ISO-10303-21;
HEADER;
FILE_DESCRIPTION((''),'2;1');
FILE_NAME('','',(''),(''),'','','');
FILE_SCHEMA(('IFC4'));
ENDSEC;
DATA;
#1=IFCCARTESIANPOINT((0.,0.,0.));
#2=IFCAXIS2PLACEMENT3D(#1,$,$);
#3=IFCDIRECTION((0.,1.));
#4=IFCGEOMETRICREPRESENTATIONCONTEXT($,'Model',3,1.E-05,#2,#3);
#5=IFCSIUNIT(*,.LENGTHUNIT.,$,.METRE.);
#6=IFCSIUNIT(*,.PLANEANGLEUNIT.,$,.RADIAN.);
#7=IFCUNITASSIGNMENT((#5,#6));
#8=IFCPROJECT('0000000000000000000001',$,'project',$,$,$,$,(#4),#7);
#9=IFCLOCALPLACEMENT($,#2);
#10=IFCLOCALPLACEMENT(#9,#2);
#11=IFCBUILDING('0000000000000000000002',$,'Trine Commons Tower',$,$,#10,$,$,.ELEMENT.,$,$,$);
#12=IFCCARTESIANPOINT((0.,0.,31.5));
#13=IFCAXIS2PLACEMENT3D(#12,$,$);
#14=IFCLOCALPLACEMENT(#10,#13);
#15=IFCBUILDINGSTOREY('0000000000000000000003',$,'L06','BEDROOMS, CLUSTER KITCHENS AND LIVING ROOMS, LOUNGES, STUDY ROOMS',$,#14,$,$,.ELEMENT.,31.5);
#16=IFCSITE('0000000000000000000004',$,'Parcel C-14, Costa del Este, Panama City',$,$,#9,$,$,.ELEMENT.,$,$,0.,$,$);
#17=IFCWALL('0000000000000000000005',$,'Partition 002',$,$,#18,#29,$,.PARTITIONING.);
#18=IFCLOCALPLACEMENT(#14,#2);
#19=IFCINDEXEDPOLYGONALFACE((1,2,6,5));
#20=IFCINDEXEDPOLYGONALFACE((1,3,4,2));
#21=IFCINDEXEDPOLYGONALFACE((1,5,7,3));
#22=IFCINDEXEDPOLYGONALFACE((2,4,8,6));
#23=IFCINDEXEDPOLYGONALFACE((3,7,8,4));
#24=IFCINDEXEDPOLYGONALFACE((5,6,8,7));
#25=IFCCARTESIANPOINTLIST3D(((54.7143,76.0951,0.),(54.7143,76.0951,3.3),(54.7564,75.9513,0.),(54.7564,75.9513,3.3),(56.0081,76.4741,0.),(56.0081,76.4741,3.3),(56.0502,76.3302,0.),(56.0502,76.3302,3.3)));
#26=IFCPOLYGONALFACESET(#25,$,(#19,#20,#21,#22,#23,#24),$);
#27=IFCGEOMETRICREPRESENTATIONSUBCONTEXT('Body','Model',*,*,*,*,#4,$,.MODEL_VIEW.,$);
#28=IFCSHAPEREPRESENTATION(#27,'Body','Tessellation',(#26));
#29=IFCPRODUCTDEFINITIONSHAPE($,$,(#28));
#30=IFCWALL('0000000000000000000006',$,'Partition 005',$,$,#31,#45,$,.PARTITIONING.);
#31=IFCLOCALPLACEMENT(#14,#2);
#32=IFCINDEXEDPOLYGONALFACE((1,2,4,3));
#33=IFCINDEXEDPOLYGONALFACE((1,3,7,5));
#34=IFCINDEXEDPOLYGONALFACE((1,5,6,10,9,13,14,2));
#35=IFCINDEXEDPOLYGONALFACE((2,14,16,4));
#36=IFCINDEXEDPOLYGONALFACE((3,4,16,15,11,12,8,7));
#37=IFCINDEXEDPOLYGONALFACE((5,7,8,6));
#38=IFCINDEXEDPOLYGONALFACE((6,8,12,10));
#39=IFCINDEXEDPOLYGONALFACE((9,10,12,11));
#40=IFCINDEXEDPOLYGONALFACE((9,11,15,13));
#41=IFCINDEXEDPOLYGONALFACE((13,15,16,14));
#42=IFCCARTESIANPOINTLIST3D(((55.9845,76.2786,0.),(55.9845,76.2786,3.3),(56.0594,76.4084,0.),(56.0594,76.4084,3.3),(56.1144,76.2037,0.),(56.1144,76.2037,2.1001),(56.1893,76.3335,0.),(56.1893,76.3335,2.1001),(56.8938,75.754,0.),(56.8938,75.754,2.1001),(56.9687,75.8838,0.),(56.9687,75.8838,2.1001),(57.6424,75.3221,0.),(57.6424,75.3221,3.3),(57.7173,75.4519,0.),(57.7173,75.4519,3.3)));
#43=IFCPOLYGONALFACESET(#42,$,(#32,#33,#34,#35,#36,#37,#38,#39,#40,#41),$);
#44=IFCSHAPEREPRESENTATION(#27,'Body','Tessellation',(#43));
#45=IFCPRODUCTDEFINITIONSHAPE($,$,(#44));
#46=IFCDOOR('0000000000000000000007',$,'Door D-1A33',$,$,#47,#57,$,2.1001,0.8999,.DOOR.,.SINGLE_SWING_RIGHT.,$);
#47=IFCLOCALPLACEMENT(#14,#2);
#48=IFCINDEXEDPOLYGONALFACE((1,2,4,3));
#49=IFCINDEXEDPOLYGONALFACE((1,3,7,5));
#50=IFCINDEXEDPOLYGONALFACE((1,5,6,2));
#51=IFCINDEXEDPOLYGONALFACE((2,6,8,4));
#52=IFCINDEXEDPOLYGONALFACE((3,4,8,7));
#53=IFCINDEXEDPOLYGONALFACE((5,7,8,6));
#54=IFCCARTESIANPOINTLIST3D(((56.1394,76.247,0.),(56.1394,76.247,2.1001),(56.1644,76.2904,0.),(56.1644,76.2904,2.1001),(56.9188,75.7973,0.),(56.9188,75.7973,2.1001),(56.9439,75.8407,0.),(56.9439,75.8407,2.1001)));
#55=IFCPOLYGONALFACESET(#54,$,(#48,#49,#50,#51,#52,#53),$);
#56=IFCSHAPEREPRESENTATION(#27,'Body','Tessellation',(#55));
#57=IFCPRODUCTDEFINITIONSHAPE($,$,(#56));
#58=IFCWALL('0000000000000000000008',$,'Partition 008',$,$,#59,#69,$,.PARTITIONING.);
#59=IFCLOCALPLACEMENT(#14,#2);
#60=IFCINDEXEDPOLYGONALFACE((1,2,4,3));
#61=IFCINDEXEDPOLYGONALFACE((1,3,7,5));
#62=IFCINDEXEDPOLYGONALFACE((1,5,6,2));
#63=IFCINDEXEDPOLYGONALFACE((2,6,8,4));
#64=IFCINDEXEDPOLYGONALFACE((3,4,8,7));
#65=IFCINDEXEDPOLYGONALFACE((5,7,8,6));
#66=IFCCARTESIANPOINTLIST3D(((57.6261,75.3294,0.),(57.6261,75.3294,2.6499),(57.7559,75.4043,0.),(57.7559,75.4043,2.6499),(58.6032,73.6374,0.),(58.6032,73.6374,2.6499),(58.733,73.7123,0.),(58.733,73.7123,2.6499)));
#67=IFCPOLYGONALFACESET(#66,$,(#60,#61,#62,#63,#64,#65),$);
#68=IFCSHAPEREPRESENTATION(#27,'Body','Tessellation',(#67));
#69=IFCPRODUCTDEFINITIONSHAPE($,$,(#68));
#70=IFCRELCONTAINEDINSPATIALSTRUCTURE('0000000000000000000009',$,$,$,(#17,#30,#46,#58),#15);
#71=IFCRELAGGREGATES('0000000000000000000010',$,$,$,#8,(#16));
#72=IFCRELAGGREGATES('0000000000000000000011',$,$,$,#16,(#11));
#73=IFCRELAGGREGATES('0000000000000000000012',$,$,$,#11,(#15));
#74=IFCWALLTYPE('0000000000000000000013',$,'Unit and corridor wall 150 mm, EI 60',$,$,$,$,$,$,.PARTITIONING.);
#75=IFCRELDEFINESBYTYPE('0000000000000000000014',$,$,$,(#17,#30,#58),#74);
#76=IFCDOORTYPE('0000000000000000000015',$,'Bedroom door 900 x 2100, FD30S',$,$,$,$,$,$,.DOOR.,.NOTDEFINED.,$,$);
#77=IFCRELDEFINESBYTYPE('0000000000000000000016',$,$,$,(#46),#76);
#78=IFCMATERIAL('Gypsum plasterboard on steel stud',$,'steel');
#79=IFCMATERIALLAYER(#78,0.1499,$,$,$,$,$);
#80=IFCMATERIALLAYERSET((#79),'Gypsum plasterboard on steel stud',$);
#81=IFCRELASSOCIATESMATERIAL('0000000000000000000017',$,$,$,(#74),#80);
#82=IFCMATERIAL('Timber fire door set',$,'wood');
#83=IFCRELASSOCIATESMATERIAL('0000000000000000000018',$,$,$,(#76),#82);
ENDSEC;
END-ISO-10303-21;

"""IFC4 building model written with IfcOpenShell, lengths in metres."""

from ifc_helpers import new_model, si_unit, direction, frame, frame_2d, origin, place, context, subcontext, project, spatial, rectangle, extrude, material, layer, layer_set, type_object, element, fill, save


model = new_model("IFC4")

# Units and contexts
model_context = context("Model", 3, precision=1e-05, world=origin(), true_north=direction((0.0, 1.0)))
body_context = subcontext(model_context, "Body", "Model", "MODEL_VIEW")
ifc_project = project(units=[si_unit("LENGTHUNIT", "METRE"), si_unit("PLANEANGLEUNIT", "RADIAN")], contexts=[model_context])

# Site, building, storey
site_placement = place(None, origin())
site = spatial("IfcSite", under=ifc_project, at=site_placement, Name="Parcel C-14, Costa del Este, Panama City", CompositionType="ELEMENT", RefElevation=0.0)
building_placement = place(site_placement, origin())
building = spatial("IfcBuilding", under=site, at=building_placement, Name="Trine Commons Tower", CompositionType="ELEMENT")
storey_placement = place(building_placement, frame((0.0, 0.0, 31.5)))
storey = spatial("IfcBuildingStorey", under=building, at=storey_placement, Name="L06", Description="BEDROOMS, CLUSTER KITCHENS AND LIVING ROOMS, LOUNGES, STUDY ROOMS", CompositionType="ELEMENT", Elevation=31.5)

# Wall
ifc_material_1 = material(Name="Gypsum plasterboard on steel stud", Category="steel")
ifc_layer_1 = layer(ifc_material_1, 0.1499)
ifc_layer_set_1 = layer_set([ifc_layer_1], Name="Gypsum plasterboard on steel stud")
wall_type_1 = type_object("IfcWallType", Name="Unit and corridor wall 150 mm, EI 60", PredefinedType="PARTITIONING", material=ifc_layer_set_1)
wall_1_placement = place(storey_placement, frame((54.7354, 76.0232, 0.0), z_axis=(0.0, 0.0, 1.0), x_axis=(0.959685, 0.281078, 0.0)))
element("IfcWall", 1, at=wall_1_placement, inside=storey, type_object=wall_type_1, Name="Partition 002", PredefinedType="PARTITIONING", context=body_context, shape_type="SweptSolid", body=[
    extrude(rectangle(XDim=1.3481, YDim=0.1499, at=frame_2d((0.6741, 0.0))), origin(), (0.0, 0.0, 1.0), 3.3),
])

# Wall, opening, door
wall_2_placement = place(storey_placement, frame((56.022, 76.3435, 0.0), z_axis=(0.0, 0.0, 1.0), x_axis=(0.866179, -0.499733, 0.0)))
wall_2 = element("IfcWall", 2, at=wall_2_placement, inside=storey, type_object=wall_type_1, Name="Partition 005", PredefinedType="PARTITIONING", context=body_context, shape_type="SweptSolid", body=[
    extrude(rectangle(XDim=1.9141, YDim=0.1499, at=frame_2d((0.957, 0.0))), origin(), (0.0, 0.0, 1.0), 3.3),
])
opening_1_placement = place(wall_2_placement, frame((0.1499, 0.0, 0.0)))
opening_1 = element("IfcOpeningElement", 3, at=opening_1_placement, cuts=wall_2, PredefinedType="OPENING", context=body_context, shape_type="SweptSolid", body=[
    extrude(rectangle(XDim=0.8999, YDim=2.1001, at=frame_2d((0.45, 1.05))), frame((0.0, 0.085, 0.0), z_axis=(0.0, -1.0, 0.0), x_axis=(1.0, 0.0, 0.0)), (0.0, 0.0, 1.0), 0.1699),
])
ifc_material_2 = material(Name="Timber fire door set", Category="wood")
door_type_1 = type_object("IfcDoorType", Name="Bedroom door 900 x 2100, FD30S", OperationType="NOTDEFINED", PredefinedType="DOOR", material=ifc_material_2)
door_1_placement = place(opening_1_placement, frame((0.8999, 0.0, 0.0), z_axis=(0.0, 0.0, 1.0), x_axis=(-1.0, 0.0, 0.0)))
door_1 = element("IfcDoor", 4, at=door_1_placement, inside=storey, type_object=door_type_1, Name="Door D-1A33", OperationType="SINGLE_SWING_RIGHT", OverallHeight=2.1001, OverallWidth=0.8999, PredefinedType="DOOR", context=body_context, shape_type="SweptSolid", body=[
    extrude(rectangle(XDim=0.8999, YDim=2.1001, at=frame_2d((0.45, 1.05))), frame((0.0, 0.0249, 0.0), z_axis=(0.0, -1.0, 0.0), x_axis=(1.0, 0.0, 0.0)), (0.0, 0.0, 1.0), 0.05),
])
fill(opening_1, door_1)

# Wall
wall_3_placement = place(storey_placement, frame((57.6909, 75.3669, 0.0), z_axis=(0.0, 0.0, 1.0), x_axis=(0.50009, -0.865973, 0.0)))
element("IfcWall", 5, at=wall_3_placement, inside=storey, type_object=wall_type_1, Name="Partition 008", PredefinedType="PARTITIONING", context=body_context, shape_type="SweptSolid", body=[
    extrude(rectangle(XDim=1.9539, YDim=0.1499, at=frame_2d((0.9771, 0.0))), origin(), (0.0, 0.0, 1.0), 2.6499),
])

save(model, "model.ifc")
